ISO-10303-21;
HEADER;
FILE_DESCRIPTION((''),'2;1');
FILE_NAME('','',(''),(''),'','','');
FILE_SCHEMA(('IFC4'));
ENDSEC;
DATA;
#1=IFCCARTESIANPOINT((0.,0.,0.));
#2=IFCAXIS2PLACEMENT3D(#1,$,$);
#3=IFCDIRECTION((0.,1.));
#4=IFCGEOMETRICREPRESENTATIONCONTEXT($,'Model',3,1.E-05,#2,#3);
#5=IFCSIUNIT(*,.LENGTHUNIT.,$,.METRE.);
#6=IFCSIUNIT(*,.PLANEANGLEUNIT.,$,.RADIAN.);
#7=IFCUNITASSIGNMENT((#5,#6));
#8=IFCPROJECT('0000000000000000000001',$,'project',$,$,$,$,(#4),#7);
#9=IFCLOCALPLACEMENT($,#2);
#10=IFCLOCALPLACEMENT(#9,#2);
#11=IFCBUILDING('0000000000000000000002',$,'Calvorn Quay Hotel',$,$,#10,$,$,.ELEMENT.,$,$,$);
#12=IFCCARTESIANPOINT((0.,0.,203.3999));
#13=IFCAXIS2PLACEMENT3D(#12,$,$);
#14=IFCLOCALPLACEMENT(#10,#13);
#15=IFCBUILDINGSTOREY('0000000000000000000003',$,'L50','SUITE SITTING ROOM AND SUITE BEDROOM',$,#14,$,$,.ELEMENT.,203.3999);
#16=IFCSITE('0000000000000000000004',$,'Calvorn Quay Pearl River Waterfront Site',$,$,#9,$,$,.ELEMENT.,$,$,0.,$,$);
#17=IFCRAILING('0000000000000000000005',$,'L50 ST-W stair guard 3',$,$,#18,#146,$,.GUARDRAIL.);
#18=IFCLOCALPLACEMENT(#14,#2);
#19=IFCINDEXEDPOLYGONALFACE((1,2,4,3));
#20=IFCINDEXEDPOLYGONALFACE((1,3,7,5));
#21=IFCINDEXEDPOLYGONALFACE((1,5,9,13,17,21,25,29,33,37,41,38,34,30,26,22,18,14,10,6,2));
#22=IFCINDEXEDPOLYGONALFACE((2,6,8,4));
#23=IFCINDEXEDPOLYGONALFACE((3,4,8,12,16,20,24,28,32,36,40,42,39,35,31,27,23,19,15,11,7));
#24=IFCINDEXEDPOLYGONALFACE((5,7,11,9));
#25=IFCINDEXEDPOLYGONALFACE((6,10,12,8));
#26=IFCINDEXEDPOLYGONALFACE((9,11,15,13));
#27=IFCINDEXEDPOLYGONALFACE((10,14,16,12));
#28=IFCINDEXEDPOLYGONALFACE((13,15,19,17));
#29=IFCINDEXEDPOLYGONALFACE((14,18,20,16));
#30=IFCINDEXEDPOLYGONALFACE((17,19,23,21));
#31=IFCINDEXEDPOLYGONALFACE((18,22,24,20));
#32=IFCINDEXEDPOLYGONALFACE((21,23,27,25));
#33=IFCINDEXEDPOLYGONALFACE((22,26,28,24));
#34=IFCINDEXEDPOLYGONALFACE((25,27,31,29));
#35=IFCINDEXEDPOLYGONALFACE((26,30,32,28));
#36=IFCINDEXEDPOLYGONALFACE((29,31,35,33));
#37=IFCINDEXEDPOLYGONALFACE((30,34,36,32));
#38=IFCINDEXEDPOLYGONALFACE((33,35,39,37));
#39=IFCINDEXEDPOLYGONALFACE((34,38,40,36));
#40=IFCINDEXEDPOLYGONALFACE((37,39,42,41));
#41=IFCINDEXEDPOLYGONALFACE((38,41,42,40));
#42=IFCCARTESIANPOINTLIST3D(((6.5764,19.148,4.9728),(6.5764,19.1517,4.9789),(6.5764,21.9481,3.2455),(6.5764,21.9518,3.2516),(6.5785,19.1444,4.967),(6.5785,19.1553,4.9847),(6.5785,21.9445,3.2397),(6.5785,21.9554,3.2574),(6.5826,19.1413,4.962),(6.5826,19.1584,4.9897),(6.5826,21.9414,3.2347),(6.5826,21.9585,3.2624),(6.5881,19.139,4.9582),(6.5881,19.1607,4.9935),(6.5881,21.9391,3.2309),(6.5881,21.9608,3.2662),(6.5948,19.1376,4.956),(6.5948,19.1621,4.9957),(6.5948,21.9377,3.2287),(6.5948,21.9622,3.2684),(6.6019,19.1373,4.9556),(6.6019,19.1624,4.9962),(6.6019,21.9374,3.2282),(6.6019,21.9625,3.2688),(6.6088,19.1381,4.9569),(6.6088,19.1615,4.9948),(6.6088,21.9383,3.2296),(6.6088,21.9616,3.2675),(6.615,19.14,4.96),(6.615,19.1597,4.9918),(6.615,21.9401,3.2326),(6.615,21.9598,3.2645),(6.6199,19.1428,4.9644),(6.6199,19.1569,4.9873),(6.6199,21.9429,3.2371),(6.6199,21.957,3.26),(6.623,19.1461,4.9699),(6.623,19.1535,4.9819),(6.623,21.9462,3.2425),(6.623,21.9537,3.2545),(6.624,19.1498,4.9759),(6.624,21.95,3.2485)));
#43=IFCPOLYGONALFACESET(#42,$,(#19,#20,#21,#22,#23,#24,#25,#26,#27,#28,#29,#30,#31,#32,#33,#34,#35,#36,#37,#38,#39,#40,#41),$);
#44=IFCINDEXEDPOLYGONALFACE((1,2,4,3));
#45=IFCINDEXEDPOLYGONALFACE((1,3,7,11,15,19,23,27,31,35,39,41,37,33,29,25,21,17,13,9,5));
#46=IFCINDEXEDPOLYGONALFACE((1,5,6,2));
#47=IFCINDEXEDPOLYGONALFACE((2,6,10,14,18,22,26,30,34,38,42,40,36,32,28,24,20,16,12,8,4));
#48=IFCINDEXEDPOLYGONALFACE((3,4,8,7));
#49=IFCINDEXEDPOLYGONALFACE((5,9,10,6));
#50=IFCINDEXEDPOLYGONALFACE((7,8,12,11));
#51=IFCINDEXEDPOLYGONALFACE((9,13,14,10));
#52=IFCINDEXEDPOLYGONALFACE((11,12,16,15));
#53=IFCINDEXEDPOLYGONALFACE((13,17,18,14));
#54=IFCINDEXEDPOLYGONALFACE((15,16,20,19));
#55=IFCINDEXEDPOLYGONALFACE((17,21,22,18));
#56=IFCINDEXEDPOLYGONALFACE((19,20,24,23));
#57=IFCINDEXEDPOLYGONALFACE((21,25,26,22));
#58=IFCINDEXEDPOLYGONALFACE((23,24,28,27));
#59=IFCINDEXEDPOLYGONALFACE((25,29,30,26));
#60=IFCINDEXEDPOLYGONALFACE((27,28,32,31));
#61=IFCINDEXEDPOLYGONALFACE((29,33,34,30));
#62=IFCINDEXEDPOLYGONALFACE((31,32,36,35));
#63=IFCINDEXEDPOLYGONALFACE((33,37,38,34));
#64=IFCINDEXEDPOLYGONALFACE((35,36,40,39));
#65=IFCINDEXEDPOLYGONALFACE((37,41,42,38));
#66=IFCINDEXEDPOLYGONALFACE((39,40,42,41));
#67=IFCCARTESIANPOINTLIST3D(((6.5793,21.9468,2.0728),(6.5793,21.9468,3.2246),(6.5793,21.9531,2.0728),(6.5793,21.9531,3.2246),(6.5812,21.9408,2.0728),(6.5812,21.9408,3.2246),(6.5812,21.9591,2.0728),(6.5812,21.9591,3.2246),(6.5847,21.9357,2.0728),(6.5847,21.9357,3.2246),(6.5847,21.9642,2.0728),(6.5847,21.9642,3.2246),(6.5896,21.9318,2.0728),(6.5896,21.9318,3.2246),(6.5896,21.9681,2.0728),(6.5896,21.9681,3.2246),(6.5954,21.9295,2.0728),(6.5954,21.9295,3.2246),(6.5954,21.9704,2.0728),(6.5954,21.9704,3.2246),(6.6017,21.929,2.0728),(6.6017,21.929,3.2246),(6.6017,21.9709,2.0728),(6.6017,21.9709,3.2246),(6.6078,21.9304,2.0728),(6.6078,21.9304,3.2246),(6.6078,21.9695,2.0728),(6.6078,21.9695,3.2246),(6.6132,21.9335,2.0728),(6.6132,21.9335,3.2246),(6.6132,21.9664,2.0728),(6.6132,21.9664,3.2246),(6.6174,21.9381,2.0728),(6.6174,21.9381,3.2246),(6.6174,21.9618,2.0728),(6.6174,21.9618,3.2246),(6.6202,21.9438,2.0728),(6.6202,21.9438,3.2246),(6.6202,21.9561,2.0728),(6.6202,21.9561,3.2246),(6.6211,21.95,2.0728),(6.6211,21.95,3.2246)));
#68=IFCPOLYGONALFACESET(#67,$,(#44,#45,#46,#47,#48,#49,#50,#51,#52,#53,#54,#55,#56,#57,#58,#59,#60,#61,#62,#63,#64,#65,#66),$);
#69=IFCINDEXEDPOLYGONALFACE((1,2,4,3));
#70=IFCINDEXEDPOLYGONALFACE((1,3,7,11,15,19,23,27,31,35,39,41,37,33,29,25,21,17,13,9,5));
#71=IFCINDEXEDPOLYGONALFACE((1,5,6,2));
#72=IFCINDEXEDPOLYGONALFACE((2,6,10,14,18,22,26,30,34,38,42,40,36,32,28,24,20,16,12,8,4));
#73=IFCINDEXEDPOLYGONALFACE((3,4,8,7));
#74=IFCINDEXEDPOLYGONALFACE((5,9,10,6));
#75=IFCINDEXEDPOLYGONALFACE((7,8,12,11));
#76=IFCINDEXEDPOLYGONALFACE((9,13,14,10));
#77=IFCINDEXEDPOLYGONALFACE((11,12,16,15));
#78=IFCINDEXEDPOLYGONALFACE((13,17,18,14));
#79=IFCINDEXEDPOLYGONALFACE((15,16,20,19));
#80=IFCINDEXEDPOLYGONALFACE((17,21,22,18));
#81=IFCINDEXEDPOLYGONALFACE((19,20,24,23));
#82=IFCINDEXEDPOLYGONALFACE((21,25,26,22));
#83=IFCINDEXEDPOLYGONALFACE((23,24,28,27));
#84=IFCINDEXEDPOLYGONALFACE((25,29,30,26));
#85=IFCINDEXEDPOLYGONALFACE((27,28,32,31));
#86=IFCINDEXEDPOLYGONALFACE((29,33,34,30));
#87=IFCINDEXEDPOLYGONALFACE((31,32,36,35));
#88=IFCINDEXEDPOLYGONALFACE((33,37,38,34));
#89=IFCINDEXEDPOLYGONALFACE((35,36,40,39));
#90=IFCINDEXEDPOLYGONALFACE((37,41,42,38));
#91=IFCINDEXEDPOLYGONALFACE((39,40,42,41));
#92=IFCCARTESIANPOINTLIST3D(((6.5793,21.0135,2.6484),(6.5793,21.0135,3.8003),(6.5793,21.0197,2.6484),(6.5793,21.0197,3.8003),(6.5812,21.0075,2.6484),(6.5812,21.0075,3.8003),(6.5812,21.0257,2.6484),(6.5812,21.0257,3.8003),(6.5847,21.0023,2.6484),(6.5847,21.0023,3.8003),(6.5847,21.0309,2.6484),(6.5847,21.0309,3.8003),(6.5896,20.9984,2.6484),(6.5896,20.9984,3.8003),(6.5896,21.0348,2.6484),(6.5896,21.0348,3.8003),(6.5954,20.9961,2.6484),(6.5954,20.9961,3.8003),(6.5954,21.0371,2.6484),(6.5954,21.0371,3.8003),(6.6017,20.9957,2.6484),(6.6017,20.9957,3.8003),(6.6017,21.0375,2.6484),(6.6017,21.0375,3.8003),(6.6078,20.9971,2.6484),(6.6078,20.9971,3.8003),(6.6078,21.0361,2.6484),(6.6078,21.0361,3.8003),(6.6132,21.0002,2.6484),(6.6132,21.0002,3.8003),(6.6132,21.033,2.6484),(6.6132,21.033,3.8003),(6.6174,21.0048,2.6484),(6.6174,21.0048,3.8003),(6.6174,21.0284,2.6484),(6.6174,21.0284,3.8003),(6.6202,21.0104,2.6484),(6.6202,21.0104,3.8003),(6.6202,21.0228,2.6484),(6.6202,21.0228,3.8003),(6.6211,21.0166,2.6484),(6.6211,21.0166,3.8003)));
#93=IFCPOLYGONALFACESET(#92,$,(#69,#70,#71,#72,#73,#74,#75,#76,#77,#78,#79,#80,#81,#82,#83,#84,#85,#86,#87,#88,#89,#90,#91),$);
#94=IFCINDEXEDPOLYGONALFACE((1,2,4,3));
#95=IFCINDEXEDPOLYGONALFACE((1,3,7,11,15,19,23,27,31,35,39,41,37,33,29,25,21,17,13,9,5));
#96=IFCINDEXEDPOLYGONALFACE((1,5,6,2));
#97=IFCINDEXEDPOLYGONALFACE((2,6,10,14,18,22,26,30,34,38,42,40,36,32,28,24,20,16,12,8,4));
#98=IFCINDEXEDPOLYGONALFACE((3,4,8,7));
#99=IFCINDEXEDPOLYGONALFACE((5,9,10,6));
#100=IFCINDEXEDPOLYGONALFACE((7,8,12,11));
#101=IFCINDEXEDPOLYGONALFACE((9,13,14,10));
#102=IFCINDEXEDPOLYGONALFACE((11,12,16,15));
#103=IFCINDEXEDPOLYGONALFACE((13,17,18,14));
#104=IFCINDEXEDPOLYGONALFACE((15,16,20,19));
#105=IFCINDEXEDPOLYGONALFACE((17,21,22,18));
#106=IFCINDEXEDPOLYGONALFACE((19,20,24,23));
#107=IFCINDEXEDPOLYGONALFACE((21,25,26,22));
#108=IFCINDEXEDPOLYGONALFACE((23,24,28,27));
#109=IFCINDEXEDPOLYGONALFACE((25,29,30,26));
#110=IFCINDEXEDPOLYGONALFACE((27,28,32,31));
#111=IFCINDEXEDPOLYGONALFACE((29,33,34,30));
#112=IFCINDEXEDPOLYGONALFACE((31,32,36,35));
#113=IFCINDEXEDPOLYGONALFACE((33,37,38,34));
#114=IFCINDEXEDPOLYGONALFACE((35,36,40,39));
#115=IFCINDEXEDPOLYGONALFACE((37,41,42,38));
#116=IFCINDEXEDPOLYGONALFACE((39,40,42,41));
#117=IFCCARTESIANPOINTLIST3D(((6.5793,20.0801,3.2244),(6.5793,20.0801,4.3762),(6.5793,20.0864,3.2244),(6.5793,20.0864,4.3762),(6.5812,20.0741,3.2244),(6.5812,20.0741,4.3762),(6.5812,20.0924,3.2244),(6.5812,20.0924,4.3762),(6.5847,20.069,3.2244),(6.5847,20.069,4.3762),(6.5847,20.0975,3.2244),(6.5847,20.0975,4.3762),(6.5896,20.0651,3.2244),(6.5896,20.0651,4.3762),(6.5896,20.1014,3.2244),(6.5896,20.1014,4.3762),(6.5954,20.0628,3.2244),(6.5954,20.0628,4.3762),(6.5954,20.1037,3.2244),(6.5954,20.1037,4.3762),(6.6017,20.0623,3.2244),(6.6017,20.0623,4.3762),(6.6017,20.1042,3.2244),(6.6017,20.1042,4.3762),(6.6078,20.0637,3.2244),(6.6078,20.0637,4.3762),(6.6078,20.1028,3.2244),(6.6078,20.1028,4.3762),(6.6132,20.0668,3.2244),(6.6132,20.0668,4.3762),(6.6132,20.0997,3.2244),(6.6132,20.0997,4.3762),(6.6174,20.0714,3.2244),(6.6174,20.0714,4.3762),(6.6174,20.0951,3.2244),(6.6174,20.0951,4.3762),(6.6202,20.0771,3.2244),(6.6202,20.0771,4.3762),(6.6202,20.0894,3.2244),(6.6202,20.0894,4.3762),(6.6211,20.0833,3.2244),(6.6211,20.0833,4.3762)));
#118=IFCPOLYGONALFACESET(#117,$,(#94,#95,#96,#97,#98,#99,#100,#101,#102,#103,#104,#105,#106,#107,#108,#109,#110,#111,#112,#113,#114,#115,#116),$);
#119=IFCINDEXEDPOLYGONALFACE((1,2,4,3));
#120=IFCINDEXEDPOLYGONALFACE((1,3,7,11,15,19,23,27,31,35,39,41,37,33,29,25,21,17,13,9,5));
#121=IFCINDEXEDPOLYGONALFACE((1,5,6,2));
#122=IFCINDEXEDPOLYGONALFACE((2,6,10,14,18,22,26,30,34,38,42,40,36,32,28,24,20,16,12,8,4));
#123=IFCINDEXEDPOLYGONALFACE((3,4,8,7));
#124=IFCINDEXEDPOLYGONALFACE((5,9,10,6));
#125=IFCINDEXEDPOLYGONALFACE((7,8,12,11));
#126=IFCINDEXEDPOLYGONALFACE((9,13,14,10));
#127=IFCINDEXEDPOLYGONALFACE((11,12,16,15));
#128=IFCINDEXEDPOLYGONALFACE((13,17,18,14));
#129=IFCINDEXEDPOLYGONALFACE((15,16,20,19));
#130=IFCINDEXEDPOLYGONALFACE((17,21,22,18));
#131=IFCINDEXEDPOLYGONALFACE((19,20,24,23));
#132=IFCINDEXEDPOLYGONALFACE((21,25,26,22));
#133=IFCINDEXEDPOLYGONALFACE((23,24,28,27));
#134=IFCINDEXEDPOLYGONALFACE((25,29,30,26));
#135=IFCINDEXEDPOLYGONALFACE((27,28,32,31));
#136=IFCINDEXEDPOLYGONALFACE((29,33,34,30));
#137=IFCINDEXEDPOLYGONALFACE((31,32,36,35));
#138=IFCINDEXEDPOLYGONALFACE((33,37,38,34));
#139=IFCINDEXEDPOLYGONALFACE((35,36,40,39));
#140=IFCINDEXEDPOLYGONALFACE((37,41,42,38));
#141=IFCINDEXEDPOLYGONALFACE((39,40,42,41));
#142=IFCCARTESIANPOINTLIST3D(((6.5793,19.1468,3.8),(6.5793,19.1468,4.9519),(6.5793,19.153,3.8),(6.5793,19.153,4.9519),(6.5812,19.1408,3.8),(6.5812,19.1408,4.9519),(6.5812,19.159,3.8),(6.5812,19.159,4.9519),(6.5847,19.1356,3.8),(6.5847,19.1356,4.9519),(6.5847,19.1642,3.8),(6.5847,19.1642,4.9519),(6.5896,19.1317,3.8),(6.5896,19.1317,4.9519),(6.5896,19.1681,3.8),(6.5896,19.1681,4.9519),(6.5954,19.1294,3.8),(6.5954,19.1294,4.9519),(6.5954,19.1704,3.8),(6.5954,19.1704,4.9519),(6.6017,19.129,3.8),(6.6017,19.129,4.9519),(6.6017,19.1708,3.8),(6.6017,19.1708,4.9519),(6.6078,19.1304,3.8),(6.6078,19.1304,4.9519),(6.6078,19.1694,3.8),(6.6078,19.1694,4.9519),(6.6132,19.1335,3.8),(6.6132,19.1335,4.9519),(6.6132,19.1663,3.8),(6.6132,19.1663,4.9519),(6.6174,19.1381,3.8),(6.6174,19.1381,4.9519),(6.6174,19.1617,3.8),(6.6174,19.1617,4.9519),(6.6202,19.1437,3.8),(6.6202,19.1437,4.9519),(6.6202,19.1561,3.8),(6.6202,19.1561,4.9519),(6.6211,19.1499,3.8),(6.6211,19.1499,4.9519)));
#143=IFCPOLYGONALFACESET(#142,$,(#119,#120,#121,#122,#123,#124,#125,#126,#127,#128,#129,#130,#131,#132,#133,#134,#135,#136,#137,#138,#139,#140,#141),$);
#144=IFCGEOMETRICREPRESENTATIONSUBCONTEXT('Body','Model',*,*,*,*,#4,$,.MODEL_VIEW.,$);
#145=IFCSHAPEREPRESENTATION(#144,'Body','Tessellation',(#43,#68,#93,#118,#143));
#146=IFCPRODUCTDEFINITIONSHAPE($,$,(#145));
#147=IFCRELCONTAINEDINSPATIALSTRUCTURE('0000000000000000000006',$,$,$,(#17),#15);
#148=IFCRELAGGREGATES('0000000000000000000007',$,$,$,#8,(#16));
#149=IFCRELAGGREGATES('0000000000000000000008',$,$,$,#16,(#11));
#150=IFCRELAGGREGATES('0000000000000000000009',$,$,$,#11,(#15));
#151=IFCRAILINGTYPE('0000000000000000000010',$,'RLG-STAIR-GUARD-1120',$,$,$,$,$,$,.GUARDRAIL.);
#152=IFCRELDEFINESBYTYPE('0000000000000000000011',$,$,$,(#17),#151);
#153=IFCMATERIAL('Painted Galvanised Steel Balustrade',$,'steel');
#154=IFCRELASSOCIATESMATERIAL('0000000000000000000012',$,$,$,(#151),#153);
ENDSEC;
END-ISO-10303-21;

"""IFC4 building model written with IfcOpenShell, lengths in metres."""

from ifc_helpers import new_model, si_unit, direction, frame, origin, origin_2d, place, context, subcontext, project, spatial, circle, extrude, material, type_object, element, save


model = new_model("IFC4")

# Units and contexts
model_context = context("Model", 3, precision=1e-05, world=origin(), true_north=direction((0.0, 1.0)))
body_context = subcontext(model_context, "Body", "Model", "MODEL_VIEW")
ifc_project = project(units=[si_unit("LENGTHUNIT", "METRE"), si_unit("PLANEANGLEUNIT", "RADIAN")], contexts=[model_context])

# Site, building, storey
site_placement = place(None, origin())
site = spatial("IfcSite", under=ifc_project, at=site_placement, Name="Calvorn Quay Pearl River Waterfront Site", CompositionType="ELEMENT", RefElevation=0.0)
building_placement = place(site_placement, origin())
building = spatial("IfcBuilding", under=site, at=building_placement, Name="Calvorn Quay Hotel", CompositionType="ELEMENT")
storey_placement = place(building_placement, frame((0.0, 0.0, 203.3999)))
storey = spatial("IfcBuildingStorey", under=building, at=storey_placement, Name="L50", Description="SUITE SITTING ROOM AND SUITE BEDROOM", CompositionType="ELEMENT", Elevation=203.3999)

# Railing
ifc_material_1 = material(Name="Painted Galvanised Steel Balustrade", Category="steel")
railing_type_1 = type_object("IfcRailingType", Name="RLG-STAIR-GUARD-1120", PredefinedType="GUARDRAIL", material=ifc_material_1)
railing_1_placement = place(storey_placement, frame((6.6001, 21.95, 2.0728)))
element("IfcRailing", 1, at=railing_1_placement, inside=storey, type_object=railing_type_1, Name="L50 ST-W stair guard 3", PredefinedType="GUARDRAIL", context=body_context, shape_type="SweptSolid", body=[
    extrude(circle(Radius=0.0239, at=origin_2d()), frame((0.0, 0.0, 1.1758), z_axis=(0.0, -0.85109, 0.52502), x_axis=(1.0, 0.0, 0.0)), (0.0, 0.0, 1.0), 3.29),
    extrude(circle(Radius=0.021, at=origin_2d()), origin(), (0.0, 0.0, 1.0), 1.1519),
    extrude(circle(Radius=0.021, at=origin_2d()), frame((0.0, -0.9333, 0.5757)), (0.0, 0.0, 1.0), 1.1519),
    extrude(circle(Radius=0.021, at=origin_2d()), frame((0.0, -1.8667, 1.1516)), (0.0, 0.0, 1.0), 1.1519),
    extrude(circle(Radius=0.021, at=origin_2d()), frame((0.0, -2.8, 1.7273)), (0.0, 0.0, 1.0), 1.1519),
])

save(model, "model.ifc")
